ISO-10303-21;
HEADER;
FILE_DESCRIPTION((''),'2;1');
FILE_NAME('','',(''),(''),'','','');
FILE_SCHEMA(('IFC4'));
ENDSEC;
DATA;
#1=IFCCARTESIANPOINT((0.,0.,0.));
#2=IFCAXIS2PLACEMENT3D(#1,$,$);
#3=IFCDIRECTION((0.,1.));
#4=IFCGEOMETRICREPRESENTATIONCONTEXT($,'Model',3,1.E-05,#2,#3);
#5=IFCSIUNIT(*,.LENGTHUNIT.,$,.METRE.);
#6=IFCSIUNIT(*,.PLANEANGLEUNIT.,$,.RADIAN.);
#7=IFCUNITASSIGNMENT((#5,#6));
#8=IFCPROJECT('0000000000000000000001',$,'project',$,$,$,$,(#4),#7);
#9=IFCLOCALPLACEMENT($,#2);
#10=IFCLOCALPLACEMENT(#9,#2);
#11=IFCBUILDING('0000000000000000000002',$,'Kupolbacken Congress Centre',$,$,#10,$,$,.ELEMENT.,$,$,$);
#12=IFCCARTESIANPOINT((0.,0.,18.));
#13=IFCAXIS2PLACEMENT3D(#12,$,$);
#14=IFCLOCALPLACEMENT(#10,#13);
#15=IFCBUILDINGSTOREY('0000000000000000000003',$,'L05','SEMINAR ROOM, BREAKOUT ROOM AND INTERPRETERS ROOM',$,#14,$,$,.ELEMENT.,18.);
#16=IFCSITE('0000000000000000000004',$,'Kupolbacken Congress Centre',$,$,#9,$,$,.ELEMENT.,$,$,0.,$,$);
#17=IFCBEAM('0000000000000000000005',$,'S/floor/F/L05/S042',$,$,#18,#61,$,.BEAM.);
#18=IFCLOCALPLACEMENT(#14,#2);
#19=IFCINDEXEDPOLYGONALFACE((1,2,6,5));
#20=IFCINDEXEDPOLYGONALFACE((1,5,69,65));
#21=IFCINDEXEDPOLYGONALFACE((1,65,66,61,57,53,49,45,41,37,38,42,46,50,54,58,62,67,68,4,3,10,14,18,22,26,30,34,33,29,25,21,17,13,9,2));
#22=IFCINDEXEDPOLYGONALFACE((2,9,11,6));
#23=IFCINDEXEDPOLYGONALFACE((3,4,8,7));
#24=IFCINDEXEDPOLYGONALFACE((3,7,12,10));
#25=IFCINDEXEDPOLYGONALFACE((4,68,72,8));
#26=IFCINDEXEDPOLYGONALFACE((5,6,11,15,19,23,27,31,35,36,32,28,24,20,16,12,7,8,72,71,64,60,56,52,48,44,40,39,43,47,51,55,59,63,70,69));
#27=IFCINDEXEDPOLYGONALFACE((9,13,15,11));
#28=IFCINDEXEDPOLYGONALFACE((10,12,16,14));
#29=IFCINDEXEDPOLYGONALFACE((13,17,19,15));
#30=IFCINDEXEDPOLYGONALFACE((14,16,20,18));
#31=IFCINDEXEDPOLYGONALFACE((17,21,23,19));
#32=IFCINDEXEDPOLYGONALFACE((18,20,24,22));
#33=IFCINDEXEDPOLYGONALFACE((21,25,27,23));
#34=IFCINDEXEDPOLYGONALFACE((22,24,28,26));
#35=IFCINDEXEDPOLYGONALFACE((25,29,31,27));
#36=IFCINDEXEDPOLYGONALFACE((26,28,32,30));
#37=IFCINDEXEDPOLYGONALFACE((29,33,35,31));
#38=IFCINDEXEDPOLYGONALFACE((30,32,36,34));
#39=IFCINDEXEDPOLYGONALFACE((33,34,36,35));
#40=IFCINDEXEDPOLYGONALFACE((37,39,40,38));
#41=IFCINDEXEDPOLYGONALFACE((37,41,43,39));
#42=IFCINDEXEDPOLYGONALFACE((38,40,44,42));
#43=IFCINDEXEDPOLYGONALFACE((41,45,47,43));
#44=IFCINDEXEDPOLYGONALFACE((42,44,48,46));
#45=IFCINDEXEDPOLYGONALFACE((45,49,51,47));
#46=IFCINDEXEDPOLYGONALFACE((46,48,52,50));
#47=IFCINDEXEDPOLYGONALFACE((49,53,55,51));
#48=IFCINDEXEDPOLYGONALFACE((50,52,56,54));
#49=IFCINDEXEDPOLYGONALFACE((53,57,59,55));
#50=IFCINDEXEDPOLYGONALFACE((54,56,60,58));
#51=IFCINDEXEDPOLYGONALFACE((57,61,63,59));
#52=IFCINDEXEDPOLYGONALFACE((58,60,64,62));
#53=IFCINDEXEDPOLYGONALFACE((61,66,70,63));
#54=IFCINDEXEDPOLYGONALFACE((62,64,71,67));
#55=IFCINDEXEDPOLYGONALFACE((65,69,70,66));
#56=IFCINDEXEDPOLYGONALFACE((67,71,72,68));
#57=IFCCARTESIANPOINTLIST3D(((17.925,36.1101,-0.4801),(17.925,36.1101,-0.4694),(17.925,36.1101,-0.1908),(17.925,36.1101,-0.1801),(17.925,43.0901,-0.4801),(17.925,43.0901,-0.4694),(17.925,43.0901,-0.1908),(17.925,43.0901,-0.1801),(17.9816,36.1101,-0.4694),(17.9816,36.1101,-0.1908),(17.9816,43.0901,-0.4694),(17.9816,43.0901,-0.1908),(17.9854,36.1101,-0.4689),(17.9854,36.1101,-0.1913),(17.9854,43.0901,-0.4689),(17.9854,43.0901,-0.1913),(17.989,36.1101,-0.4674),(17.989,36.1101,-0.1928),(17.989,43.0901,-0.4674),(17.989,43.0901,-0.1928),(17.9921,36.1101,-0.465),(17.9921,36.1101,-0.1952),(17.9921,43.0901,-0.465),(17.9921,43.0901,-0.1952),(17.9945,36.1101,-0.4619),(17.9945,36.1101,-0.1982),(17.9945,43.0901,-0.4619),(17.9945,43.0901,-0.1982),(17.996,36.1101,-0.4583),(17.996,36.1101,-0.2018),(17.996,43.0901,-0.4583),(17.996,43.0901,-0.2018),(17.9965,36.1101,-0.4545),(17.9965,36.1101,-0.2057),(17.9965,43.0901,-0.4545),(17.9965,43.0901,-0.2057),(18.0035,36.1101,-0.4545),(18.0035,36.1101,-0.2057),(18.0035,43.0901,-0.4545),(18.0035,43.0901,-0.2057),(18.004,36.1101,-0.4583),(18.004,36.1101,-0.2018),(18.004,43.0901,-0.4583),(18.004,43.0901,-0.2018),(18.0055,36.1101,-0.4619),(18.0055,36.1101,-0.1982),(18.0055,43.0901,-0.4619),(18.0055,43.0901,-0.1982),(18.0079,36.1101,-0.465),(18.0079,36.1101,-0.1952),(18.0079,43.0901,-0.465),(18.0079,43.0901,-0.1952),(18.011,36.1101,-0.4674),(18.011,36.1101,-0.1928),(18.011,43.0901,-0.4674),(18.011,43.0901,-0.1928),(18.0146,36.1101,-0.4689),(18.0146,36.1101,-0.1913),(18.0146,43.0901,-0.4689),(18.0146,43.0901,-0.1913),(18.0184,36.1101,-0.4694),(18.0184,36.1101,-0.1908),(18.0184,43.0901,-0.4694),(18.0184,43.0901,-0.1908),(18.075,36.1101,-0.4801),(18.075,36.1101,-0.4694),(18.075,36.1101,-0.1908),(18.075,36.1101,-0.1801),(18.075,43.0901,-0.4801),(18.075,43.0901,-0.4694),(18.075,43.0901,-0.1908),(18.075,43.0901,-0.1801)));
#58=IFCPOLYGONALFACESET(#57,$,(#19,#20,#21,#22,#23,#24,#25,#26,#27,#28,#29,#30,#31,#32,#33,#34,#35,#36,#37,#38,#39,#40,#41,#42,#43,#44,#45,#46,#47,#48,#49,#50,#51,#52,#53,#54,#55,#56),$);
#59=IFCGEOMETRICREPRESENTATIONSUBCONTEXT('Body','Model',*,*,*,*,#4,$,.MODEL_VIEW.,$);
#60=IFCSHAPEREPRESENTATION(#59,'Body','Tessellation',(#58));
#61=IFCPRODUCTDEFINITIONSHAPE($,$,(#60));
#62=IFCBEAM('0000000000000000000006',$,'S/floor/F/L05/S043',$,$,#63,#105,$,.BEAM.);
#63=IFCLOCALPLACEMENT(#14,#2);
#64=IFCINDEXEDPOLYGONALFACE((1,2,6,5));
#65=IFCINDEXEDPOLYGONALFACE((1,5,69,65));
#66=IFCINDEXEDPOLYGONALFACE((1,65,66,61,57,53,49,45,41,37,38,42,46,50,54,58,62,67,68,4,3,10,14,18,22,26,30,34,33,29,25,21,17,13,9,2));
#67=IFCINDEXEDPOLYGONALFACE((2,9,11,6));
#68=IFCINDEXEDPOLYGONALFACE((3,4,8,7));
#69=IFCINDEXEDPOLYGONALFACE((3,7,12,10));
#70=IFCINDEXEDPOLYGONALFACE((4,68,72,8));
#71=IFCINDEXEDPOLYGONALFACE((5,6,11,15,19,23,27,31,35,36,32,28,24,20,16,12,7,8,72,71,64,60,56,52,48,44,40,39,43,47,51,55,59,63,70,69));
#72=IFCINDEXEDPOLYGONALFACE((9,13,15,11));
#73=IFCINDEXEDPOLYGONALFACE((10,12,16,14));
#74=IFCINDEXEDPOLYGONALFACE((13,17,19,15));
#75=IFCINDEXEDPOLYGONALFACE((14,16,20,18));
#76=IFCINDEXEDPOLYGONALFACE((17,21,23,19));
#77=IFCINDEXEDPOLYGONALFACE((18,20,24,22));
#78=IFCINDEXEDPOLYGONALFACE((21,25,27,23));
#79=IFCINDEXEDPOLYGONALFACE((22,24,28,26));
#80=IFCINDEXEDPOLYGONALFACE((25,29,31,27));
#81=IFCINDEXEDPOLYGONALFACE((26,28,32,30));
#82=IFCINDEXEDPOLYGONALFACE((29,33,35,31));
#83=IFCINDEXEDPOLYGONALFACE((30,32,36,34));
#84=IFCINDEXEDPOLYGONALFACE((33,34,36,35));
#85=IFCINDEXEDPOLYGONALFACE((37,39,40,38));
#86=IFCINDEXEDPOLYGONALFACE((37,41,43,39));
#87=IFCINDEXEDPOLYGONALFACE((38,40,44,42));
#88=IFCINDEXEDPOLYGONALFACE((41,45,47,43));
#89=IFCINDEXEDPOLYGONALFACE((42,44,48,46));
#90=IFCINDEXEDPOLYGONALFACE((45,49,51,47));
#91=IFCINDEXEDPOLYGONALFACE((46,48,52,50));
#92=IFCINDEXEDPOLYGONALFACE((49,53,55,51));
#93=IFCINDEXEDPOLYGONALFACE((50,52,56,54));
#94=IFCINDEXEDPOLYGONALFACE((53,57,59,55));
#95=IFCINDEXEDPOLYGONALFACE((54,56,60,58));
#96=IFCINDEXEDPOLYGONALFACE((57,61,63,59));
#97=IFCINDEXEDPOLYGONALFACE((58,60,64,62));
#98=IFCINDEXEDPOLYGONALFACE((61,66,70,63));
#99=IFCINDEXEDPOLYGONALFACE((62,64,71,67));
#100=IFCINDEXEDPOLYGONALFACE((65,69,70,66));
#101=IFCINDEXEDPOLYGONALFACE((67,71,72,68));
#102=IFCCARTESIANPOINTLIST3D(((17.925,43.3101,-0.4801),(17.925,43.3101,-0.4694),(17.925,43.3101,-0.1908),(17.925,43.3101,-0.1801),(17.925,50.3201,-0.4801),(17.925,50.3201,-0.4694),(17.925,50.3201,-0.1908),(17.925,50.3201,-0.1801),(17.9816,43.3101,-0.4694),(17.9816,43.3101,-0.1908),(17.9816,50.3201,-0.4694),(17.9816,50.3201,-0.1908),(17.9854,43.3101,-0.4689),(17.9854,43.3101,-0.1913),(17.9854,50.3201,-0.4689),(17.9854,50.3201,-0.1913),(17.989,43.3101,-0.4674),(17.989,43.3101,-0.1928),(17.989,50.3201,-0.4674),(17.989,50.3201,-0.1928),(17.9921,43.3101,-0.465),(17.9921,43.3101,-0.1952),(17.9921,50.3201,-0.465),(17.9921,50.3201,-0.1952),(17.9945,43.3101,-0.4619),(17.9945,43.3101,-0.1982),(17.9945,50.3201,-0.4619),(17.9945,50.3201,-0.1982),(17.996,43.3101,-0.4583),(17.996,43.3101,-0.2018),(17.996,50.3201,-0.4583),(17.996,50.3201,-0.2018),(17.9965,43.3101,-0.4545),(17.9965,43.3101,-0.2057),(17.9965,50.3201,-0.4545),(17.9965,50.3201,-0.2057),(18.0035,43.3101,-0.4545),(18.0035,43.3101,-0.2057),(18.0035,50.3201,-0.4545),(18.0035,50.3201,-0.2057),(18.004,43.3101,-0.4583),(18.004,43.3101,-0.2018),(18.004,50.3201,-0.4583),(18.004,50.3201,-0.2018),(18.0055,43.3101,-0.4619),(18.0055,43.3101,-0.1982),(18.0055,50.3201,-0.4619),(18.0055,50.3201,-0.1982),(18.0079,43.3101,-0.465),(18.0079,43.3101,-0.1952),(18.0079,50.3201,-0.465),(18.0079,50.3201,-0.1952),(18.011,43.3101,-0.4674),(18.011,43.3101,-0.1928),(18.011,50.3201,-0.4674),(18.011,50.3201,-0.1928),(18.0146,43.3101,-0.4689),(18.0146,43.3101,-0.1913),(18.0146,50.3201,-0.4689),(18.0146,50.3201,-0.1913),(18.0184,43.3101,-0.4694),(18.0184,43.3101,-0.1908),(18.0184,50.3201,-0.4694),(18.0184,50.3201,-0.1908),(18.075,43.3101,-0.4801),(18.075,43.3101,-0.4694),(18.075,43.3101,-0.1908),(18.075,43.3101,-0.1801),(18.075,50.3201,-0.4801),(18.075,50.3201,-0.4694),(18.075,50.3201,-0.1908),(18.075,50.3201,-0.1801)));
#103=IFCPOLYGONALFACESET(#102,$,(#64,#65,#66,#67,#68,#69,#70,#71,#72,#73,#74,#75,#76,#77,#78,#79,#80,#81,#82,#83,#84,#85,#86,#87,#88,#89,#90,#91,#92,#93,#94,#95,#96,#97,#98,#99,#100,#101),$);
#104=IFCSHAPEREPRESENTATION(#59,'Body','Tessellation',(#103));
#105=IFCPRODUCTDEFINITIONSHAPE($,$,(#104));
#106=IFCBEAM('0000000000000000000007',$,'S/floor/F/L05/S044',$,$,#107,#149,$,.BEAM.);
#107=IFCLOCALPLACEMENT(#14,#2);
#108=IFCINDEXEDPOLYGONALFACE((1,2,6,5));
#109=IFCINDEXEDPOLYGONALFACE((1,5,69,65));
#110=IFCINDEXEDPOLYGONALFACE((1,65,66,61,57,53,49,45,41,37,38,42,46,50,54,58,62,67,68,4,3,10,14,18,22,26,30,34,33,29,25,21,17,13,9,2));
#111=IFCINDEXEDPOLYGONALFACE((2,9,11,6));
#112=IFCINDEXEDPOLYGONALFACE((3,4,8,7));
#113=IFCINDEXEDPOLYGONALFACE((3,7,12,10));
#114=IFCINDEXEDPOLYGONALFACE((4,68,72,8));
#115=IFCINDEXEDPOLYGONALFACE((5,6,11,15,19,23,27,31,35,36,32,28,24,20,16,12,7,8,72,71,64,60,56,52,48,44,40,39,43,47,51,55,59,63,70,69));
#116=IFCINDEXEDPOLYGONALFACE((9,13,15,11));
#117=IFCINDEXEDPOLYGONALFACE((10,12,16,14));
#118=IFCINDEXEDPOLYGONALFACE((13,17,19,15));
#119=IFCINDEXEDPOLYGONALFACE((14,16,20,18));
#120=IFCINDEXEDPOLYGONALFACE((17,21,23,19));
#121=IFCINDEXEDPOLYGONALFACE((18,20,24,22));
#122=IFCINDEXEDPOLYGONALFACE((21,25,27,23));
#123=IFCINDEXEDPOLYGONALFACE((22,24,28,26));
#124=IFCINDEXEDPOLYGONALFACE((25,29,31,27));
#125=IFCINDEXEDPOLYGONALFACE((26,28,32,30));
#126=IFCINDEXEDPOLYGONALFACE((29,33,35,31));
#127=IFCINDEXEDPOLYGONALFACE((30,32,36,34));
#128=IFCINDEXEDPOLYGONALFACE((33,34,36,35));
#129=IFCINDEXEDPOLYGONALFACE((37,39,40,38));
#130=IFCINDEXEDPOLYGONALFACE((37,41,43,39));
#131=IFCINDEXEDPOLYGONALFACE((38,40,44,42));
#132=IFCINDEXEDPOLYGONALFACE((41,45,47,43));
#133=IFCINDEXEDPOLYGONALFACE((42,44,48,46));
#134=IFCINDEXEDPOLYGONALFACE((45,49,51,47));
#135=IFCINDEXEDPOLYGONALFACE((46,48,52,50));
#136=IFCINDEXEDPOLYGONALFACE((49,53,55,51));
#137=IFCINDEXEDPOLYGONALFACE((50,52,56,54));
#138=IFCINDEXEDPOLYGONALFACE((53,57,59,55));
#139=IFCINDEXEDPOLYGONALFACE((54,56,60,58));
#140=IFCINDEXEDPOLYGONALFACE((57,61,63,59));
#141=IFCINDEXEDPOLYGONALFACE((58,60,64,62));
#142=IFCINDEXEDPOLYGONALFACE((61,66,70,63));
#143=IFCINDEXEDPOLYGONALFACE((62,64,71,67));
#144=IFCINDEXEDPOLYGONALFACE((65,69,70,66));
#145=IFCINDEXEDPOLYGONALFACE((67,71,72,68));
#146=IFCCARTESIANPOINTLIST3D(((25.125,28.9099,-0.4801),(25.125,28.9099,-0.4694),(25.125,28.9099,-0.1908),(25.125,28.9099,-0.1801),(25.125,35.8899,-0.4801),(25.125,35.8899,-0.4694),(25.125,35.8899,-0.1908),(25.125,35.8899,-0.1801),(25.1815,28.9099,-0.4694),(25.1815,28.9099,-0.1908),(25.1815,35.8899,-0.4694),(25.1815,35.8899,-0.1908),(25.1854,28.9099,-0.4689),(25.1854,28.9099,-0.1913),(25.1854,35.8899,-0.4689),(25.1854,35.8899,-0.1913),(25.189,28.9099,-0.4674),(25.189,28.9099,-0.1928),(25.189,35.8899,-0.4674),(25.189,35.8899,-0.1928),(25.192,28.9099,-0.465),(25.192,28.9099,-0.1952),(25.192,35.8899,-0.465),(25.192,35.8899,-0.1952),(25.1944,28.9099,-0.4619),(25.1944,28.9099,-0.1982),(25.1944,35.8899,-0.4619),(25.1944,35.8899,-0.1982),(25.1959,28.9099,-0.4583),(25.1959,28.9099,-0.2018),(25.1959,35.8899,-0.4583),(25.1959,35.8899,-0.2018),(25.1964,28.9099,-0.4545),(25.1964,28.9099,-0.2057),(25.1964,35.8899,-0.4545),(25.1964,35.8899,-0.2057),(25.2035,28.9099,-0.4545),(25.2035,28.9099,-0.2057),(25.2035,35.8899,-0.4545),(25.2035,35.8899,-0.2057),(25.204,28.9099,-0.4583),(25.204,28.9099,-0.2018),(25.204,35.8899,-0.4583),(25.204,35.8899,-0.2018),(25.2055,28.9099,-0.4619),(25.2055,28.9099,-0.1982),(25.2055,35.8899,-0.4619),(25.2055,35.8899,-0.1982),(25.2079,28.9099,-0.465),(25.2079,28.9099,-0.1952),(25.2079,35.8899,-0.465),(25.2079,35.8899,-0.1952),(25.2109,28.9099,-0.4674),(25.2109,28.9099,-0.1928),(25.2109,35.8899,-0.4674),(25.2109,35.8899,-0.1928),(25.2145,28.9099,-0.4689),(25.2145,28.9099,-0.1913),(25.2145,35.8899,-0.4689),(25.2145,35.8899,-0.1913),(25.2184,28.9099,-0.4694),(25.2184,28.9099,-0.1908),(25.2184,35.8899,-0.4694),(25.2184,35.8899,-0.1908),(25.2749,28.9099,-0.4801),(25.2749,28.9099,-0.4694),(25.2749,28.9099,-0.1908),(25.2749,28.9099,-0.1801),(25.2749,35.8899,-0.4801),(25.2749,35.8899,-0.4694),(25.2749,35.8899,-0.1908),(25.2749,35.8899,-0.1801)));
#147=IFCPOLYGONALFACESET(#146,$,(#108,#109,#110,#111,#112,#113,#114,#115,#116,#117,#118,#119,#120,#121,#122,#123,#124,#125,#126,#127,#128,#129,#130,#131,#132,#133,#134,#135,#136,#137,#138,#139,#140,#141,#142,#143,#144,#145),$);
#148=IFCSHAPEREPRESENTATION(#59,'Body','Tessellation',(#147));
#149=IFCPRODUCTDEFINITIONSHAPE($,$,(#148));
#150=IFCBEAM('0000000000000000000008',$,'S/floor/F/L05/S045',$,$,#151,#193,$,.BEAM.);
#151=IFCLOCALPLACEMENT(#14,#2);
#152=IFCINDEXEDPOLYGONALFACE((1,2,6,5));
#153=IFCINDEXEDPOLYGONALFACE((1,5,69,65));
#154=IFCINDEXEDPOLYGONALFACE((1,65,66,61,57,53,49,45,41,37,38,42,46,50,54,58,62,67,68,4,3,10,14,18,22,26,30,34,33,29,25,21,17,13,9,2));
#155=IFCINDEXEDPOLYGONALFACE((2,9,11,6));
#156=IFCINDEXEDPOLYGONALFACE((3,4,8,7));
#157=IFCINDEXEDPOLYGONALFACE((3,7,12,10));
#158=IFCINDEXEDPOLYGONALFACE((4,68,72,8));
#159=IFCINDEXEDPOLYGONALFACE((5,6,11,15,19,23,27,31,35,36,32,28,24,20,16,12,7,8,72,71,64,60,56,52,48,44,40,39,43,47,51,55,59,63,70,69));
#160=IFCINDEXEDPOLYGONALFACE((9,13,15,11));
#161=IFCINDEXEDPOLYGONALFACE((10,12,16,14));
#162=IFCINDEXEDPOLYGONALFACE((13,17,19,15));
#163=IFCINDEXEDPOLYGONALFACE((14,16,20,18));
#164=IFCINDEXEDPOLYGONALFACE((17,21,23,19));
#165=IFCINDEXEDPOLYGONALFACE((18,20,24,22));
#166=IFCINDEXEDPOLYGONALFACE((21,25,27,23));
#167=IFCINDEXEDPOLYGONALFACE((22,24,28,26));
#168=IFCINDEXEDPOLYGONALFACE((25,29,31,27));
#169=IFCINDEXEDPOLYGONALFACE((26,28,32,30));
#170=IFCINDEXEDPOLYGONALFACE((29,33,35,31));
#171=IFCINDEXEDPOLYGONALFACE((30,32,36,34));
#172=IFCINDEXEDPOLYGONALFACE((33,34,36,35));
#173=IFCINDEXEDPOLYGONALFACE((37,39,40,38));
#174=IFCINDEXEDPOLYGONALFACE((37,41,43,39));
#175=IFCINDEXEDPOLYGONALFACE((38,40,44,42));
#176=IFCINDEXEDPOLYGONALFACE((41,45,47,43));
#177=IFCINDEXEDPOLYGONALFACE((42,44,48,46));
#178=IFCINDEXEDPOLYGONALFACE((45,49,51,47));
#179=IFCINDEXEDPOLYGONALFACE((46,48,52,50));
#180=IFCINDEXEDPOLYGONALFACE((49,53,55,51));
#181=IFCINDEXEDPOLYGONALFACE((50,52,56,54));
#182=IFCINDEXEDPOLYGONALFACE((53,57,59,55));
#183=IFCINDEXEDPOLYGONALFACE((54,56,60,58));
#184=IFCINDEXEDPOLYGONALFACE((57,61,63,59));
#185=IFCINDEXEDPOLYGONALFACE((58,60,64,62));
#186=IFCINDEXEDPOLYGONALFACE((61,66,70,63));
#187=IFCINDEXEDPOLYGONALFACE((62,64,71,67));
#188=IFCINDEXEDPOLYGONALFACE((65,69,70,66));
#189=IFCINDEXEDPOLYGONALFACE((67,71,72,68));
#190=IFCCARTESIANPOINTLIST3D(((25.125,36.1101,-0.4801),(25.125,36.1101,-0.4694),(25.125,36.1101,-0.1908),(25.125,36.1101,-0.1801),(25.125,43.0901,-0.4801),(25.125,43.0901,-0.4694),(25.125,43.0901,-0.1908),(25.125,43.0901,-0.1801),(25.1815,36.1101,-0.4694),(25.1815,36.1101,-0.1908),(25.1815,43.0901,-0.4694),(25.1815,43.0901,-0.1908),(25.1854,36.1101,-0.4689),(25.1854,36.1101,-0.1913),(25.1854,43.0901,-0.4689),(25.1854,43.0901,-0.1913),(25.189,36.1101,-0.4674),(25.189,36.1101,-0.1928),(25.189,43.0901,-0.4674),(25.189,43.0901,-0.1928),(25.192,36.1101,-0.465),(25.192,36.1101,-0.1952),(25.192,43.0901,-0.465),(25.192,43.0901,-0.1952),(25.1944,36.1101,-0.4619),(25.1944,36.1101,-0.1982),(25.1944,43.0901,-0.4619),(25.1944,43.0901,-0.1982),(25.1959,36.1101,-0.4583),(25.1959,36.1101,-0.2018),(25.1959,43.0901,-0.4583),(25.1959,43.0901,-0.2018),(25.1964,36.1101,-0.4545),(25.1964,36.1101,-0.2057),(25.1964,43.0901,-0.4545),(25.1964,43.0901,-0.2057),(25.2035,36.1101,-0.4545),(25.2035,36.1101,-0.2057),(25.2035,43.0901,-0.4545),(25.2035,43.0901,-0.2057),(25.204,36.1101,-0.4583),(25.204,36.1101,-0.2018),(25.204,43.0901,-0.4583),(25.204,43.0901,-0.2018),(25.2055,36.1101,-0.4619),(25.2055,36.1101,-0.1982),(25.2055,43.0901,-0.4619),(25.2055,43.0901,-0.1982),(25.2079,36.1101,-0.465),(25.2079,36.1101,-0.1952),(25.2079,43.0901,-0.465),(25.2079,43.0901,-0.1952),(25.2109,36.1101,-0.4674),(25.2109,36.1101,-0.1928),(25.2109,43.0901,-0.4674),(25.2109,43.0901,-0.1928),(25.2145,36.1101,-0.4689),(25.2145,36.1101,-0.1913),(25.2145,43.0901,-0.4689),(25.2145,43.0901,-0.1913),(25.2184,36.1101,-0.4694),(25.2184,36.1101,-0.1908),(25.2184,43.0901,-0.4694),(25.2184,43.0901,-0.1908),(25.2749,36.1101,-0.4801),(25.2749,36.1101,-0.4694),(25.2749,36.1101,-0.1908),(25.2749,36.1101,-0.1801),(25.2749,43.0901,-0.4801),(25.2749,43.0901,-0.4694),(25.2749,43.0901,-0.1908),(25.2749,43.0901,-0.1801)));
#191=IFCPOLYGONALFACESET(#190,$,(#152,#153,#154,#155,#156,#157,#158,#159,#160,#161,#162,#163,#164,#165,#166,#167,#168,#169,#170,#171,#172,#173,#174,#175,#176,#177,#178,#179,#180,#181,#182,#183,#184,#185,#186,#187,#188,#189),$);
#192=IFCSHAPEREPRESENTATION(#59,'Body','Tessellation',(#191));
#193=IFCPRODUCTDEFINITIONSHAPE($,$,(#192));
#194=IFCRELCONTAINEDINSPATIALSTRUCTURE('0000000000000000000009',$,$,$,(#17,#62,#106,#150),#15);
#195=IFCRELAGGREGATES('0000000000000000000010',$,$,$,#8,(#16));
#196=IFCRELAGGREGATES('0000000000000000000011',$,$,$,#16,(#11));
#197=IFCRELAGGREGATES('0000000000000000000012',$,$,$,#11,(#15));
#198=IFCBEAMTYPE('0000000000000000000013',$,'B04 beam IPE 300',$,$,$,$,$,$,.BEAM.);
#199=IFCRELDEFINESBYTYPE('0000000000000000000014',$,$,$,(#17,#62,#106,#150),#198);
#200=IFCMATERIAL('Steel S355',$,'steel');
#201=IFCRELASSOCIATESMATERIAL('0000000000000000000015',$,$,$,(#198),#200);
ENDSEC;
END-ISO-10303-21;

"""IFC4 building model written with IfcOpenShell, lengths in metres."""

from ifc_helpers import new_model, si_unit, direction, frame, origin, origin_2d, place, context, subcontext, project, spatial, i_section, extrude, material, material_profile, profile_set, type_object, element, save


model = new_model("IFC4")

# Units and contexts
model_context = context("Model", 3, precision=1e-05, world=origin(), true_north=direction((0.0, 1.0)))
body_context = subcontext(model_context, "Body", "Model", "MODEL_VIEW")
ifc_project = project(units=[si_unit("LENGTHUNIT", "METRE"), si_unit("PLANEANGLEUNIT", "RADIAN")], contexts=[model_context])

# Site, building, storey
site_placement = place(None, origin())
site = spatial("IfcSite", under=ifc_project, at=site_placement, Name="Kupolbacken Congress Centre", CompositionType="ELEMENT", RefElevation=0.0)
building_placement = place(site_placement, origin())
building = spatial("IfcBuilding", under=site, at=building_placement, Name="Kupolbacken Congress Centre", CompositionType="ELEMENT")
storey_placement = place(building_placement, frame((0.0, 0.0, 18.0)))
storey = spatial("IfcBuildingStorey", under=building, at=storey_placement, Name="L05", Description="SEMINAR ROOM, BREAKOUT ROOM AND INTERPRETERS ROOM", CompositionType="ELEMENT", Elevation=18.0)

# Beams
ifc_material_1 = material(Name="Steel S355", Category="steel")
ifc_material_profile_1 = material_profile(ifc_material_1, i_section(OverallWidth=0.1499, OverallDepth=0.3, WebThickness=0.0071, FlangeThickness=0.0107, FilletRadius=0.0149, at=origin_2d()), Name="IPE 300")
ifc_profile_set_1 = profile_set([ifc_material_profile_1], Name="Steel S355")
beam_type_1 = type_object("IfcBeamType", Name="B04 beam IPE 300", PredefinedType="BEAM", material=ifc_profile_set_1)
beam_1_placement = place(storey_placement, frame((18.0, 36.1101, -0.3301), z_axis=(0.0, 1.0, 0.0), x_axis=(-1.0, 0.0, 0.0)))
element("IfcBeam", 1, at=beam_1_placement, inside=storey, type_object=beam_type_1, Name="S/floor/F/L05/S042", PredefinedType="BEAM", context=body_context, shape_type="SweptSolid", body=[
    extrude(i_section(OverallWidth=0.1499, OverallDepth=0.3, WebThickness=0.0071, FlangeThickness=0.0107, FilletRadius=0.0149, at=origin_2d()), origin(), (0.0, 0.0, 1.0), 6.98),
])
beam_2_placement = place(storey_placement, frame((18.0, 43.3101, -0.3301), z_axis=(0.0, 1.0, 0.0), x_axis=(-1.0, 0.0, 0.0)))
element("IfcBeam", 2, at=beam_2_placement, inside=storey, type_object=beam_type_1, Name="S/floor/F/L05/S043", PredefinedType="BEAM", context=body_context, shape_type="SweptSolid", body=[
    extrude(i_section(OverallWidth=0.1499, OverallDepth=0.3, WebThickness=0.0071, FlangeThickness=0.0107, FilletRadius=0.0149, at=origin_2d()), origin(), (0.0, 0.0, 1.0), 7.01),
])
for number, where, z_axis, x_axis, name in (
    (3, (25.2, 28.9099, -0.3301), (0.0, 1.0, 0.0), (-1.0, 0.0, 0.0), "S/floor/F/L05/S044"),
    (4, (25.2, 36.1101, -0.3301), (0.0, 1.0, 0.0), (-1.0, 0.0, 0.0), "S/floor/F/L05/S045"),
):
    element("IfcBeam", number, at=place(storey_placement, frame(where, z_axis=z_axis, x_axis=x_axis)), inside=storey, type_object=beam_type_1, Name=name, PredefinedType="BEAM", context=body_context, shape_type="SweptSolid", body=[
        extrude(i_section(OverallWidth=0.1499, OverallDepth=0.3, WebThickness=0.0071, FlangeThickness=0.0107, FilletRadius=0.0149, at=origin_2d()), origin(), (0.0, 0.0, 1.0), 6.98),
    ])

save(model, "model.ifc")
